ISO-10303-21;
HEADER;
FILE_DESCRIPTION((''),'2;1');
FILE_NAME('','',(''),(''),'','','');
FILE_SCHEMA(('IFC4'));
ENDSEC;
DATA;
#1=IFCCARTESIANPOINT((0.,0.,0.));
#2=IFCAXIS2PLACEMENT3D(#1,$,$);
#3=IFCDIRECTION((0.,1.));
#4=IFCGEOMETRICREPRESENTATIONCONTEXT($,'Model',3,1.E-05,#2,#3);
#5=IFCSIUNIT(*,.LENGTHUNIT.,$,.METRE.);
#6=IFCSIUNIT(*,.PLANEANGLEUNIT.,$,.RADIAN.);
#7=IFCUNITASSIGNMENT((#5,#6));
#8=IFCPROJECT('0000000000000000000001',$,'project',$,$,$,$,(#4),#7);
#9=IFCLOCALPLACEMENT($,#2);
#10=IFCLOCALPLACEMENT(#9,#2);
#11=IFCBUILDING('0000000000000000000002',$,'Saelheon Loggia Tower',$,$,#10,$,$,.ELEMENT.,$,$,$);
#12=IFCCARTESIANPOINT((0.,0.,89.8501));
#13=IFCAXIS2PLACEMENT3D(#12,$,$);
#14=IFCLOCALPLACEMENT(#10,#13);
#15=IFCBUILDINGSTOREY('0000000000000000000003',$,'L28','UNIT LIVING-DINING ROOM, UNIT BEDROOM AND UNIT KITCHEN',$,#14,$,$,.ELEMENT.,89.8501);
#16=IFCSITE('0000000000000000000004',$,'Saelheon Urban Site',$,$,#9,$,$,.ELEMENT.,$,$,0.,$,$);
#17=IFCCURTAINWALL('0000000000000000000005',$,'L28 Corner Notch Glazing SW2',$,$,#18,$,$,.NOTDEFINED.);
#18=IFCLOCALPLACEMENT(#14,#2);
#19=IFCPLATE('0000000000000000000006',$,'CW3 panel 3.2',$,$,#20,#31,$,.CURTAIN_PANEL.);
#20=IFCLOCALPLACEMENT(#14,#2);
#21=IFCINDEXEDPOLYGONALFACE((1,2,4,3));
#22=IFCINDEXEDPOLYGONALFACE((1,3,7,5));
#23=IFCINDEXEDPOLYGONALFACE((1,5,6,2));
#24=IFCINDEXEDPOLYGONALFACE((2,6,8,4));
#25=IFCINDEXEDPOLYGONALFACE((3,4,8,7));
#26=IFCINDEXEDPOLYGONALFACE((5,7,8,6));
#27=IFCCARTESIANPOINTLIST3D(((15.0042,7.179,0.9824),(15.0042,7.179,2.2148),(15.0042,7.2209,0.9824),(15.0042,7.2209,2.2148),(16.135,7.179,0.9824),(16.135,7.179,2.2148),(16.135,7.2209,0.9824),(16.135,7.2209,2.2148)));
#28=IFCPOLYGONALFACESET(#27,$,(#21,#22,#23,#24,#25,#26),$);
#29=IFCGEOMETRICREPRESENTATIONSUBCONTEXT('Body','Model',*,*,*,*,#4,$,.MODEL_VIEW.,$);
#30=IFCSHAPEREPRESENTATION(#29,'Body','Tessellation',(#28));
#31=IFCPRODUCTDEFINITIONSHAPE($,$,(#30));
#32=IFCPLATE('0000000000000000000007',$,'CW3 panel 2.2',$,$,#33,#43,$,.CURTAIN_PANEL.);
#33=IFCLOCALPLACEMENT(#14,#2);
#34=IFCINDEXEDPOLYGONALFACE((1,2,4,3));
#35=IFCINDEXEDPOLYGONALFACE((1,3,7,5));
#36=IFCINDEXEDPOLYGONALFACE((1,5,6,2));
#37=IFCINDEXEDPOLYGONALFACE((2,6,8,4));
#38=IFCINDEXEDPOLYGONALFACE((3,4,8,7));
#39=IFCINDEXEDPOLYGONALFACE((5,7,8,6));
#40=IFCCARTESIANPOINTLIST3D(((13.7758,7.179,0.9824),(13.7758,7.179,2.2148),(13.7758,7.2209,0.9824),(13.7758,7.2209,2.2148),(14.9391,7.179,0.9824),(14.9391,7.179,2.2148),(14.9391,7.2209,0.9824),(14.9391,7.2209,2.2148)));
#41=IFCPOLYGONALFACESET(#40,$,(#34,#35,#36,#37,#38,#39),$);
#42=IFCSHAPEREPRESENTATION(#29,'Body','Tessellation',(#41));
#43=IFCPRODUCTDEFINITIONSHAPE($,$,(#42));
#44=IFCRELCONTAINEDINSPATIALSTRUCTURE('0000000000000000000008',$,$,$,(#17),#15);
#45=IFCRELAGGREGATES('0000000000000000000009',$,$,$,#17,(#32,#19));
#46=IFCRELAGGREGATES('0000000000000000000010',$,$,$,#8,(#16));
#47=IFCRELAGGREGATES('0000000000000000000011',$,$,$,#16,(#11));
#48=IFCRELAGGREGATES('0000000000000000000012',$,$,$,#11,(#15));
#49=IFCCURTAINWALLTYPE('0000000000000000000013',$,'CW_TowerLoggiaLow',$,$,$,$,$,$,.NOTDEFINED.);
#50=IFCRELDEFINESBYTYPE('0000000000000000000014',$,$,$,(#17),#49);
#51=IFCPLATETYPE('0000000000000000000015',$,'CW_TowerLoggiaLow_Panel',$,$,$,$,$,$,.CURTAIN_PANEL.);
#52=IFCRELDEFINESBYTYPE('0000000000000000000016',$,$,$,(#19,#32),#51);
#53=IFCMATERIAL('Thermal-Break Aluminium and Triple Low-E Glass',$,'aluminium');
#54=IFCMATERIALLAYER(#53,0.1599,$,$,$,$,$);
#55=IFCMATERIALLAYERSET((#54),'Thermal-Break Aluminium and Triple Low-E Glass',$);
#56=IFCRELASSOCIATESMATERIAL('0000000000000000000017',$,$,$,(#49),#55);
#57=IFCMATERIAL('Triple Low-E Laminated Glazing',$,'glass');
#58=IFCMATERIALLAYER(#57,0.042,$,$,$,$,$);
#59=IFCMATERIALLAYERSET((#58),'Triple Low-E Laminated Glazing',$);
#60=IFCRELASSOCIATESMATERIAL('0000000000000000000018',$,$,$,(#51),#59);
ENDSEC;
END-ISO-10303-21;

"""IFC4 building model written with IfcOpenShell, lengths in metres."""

from ifc_helpers import new_model, si_unit, direction, frame, origin, origin_2d, place, context, subcontext, project, spatial, rectangle, extrude, source, transform, mapped, material, layer, layer_set, type_object, element, aggregate, save


model = new_model("IFC4")

# Units and contexts
model_context = context("Model", 3, precision=1e-05, world=origin(), true_north=direction((0.0, 1.0)))
body_context = subcontext(model_context, "Body", "Model", "MODEL_VIEW")
ifc_project = project(units=[si_unit("LENGTHUNIT", "METRE"), si_unit("PLANEANGLEUNIT", "RADIAN")], contexts=[model_context])

# Site, building, storey
site_placement = place(None, origin())
site = spatial("IfcSite", under=ifc_project, at=site_placement, Name="Saelheon Urban Site", CompositionType="ELEMENT", RefElevation=0.0)
building_placement = place(site_placement, origin())
building = spatial("IfcBuilding", under=site, at=building_placement, Name="Saelheon Loggia Tower", CompositionType="ELEMENT")
storey_placement = place(building_placement, frame((0.0, 0.0, 89.8501)))
storey = spatial("IfcBuildingStorey", under=building, at=storey_placement, Name="L28", Description="UNIT LIVING-DINING ROOM, UNIT BEDROOM AND UNIT KITCHEN", CompositionType="ELEMENT", Elevation=89.8501)

# Curtain wall, plates
ifc_material_1 = material(Name="Thermal-Break Aluminium and Triple Low-E Glass", Category="aluminium")
ifc_layer_1 = layer(ifc_material_1, 0.1599)
ifc_layer_set_1 = layer_set([ifc_layer_1], Name="Thermal-Break Aluminium and Triple Low-E Glass")
curtain_wall_type = type_object("IfcCurtainWallType", Name="CW_TowerLoggiaLow", PredefinedType="NOTDEFINED", material=ifc_layer_set_1)
curtain_wall_placement = place(storey_placement, origin())
curtain_wall = element("IfcCurtainWall", 1, at=curtain_wall_placement, inside=storey, type_object=curtain_wall_type, Name="L28 Corner Notch Glazing SW2", PredefinedType="NOTDEFINED")
ifc_material_2 = material(Name="Triple Low-E Laminated Glazing", Category="glass")
ifc_layer_2 = layer(ifc_material_2, 0.042)
ifc_layer_set_2 = layer_set([ifc_layer_2], Name="Triple Low-E Laminated Glazing")
plate_type = type_object("IfcPlateType", Name="CW_TowerLoggiaLow_Panel", PredefinedType="CURTAIN_PANEL", material=ifc_layer_set_2)
shared_shape_1 = source(origin(), body_context, "Body", "SweptSolid", [
    extrude(rectangle(XDim=1.1309, YDim=0.042, at=origin_2d()), origin(), (0.0, 0.0, 1.0), 1.2324),
])
plate_1_placement = place(storey_placement, frame((15.5696, 7.2, 0.9824), z_axis=(0.0, 0.0, 1.0), x_axis=(1.0, 0.0, 0.0)))
plate_1 = element("IfcPlate", 2, at=plate_1_placement, type_object=plate_type, Name="CW3 panel 3.2", PredefinedType="CURTAIN_PANEL", context=body_context, shape_type="MappedRepresentation", body=[
    mapped(shared_shape_1, transform((0.0, 0.0, 0.0), scale=1.0)),
])
shared_shape_2 = source(origin(), body_context, "Body", "SweptSolid", [
    extrude(rectangle(XDim=1.1633, YDim=0.042, at=origin_2d()), origin(), (0.0, 0.0, 1.0), 1.2324),
])
plate_2_placement = place(storey_placement, frame((14.3574, 7.2, 0.9824), z_axis=(0.0, 0.0, 1.0), x_axis=(1.0, 0.0, 0.0)))
plate_2 = element("IfcPlate", 3, at=plate_2_placement, type_object=plate_type, Name="CW3 panel 2.2", PredefinedType="CURTAIN_PANEL", context=body_context, shape_type="MappedRepresentation", body=[
    mapped(shared_shape_2, transform((0.0, 0.0, 0.0), scale=1.0)),
])
aggregate(curtain_wall, [plate_2, plate_1])

save(model, "model.ifc")
